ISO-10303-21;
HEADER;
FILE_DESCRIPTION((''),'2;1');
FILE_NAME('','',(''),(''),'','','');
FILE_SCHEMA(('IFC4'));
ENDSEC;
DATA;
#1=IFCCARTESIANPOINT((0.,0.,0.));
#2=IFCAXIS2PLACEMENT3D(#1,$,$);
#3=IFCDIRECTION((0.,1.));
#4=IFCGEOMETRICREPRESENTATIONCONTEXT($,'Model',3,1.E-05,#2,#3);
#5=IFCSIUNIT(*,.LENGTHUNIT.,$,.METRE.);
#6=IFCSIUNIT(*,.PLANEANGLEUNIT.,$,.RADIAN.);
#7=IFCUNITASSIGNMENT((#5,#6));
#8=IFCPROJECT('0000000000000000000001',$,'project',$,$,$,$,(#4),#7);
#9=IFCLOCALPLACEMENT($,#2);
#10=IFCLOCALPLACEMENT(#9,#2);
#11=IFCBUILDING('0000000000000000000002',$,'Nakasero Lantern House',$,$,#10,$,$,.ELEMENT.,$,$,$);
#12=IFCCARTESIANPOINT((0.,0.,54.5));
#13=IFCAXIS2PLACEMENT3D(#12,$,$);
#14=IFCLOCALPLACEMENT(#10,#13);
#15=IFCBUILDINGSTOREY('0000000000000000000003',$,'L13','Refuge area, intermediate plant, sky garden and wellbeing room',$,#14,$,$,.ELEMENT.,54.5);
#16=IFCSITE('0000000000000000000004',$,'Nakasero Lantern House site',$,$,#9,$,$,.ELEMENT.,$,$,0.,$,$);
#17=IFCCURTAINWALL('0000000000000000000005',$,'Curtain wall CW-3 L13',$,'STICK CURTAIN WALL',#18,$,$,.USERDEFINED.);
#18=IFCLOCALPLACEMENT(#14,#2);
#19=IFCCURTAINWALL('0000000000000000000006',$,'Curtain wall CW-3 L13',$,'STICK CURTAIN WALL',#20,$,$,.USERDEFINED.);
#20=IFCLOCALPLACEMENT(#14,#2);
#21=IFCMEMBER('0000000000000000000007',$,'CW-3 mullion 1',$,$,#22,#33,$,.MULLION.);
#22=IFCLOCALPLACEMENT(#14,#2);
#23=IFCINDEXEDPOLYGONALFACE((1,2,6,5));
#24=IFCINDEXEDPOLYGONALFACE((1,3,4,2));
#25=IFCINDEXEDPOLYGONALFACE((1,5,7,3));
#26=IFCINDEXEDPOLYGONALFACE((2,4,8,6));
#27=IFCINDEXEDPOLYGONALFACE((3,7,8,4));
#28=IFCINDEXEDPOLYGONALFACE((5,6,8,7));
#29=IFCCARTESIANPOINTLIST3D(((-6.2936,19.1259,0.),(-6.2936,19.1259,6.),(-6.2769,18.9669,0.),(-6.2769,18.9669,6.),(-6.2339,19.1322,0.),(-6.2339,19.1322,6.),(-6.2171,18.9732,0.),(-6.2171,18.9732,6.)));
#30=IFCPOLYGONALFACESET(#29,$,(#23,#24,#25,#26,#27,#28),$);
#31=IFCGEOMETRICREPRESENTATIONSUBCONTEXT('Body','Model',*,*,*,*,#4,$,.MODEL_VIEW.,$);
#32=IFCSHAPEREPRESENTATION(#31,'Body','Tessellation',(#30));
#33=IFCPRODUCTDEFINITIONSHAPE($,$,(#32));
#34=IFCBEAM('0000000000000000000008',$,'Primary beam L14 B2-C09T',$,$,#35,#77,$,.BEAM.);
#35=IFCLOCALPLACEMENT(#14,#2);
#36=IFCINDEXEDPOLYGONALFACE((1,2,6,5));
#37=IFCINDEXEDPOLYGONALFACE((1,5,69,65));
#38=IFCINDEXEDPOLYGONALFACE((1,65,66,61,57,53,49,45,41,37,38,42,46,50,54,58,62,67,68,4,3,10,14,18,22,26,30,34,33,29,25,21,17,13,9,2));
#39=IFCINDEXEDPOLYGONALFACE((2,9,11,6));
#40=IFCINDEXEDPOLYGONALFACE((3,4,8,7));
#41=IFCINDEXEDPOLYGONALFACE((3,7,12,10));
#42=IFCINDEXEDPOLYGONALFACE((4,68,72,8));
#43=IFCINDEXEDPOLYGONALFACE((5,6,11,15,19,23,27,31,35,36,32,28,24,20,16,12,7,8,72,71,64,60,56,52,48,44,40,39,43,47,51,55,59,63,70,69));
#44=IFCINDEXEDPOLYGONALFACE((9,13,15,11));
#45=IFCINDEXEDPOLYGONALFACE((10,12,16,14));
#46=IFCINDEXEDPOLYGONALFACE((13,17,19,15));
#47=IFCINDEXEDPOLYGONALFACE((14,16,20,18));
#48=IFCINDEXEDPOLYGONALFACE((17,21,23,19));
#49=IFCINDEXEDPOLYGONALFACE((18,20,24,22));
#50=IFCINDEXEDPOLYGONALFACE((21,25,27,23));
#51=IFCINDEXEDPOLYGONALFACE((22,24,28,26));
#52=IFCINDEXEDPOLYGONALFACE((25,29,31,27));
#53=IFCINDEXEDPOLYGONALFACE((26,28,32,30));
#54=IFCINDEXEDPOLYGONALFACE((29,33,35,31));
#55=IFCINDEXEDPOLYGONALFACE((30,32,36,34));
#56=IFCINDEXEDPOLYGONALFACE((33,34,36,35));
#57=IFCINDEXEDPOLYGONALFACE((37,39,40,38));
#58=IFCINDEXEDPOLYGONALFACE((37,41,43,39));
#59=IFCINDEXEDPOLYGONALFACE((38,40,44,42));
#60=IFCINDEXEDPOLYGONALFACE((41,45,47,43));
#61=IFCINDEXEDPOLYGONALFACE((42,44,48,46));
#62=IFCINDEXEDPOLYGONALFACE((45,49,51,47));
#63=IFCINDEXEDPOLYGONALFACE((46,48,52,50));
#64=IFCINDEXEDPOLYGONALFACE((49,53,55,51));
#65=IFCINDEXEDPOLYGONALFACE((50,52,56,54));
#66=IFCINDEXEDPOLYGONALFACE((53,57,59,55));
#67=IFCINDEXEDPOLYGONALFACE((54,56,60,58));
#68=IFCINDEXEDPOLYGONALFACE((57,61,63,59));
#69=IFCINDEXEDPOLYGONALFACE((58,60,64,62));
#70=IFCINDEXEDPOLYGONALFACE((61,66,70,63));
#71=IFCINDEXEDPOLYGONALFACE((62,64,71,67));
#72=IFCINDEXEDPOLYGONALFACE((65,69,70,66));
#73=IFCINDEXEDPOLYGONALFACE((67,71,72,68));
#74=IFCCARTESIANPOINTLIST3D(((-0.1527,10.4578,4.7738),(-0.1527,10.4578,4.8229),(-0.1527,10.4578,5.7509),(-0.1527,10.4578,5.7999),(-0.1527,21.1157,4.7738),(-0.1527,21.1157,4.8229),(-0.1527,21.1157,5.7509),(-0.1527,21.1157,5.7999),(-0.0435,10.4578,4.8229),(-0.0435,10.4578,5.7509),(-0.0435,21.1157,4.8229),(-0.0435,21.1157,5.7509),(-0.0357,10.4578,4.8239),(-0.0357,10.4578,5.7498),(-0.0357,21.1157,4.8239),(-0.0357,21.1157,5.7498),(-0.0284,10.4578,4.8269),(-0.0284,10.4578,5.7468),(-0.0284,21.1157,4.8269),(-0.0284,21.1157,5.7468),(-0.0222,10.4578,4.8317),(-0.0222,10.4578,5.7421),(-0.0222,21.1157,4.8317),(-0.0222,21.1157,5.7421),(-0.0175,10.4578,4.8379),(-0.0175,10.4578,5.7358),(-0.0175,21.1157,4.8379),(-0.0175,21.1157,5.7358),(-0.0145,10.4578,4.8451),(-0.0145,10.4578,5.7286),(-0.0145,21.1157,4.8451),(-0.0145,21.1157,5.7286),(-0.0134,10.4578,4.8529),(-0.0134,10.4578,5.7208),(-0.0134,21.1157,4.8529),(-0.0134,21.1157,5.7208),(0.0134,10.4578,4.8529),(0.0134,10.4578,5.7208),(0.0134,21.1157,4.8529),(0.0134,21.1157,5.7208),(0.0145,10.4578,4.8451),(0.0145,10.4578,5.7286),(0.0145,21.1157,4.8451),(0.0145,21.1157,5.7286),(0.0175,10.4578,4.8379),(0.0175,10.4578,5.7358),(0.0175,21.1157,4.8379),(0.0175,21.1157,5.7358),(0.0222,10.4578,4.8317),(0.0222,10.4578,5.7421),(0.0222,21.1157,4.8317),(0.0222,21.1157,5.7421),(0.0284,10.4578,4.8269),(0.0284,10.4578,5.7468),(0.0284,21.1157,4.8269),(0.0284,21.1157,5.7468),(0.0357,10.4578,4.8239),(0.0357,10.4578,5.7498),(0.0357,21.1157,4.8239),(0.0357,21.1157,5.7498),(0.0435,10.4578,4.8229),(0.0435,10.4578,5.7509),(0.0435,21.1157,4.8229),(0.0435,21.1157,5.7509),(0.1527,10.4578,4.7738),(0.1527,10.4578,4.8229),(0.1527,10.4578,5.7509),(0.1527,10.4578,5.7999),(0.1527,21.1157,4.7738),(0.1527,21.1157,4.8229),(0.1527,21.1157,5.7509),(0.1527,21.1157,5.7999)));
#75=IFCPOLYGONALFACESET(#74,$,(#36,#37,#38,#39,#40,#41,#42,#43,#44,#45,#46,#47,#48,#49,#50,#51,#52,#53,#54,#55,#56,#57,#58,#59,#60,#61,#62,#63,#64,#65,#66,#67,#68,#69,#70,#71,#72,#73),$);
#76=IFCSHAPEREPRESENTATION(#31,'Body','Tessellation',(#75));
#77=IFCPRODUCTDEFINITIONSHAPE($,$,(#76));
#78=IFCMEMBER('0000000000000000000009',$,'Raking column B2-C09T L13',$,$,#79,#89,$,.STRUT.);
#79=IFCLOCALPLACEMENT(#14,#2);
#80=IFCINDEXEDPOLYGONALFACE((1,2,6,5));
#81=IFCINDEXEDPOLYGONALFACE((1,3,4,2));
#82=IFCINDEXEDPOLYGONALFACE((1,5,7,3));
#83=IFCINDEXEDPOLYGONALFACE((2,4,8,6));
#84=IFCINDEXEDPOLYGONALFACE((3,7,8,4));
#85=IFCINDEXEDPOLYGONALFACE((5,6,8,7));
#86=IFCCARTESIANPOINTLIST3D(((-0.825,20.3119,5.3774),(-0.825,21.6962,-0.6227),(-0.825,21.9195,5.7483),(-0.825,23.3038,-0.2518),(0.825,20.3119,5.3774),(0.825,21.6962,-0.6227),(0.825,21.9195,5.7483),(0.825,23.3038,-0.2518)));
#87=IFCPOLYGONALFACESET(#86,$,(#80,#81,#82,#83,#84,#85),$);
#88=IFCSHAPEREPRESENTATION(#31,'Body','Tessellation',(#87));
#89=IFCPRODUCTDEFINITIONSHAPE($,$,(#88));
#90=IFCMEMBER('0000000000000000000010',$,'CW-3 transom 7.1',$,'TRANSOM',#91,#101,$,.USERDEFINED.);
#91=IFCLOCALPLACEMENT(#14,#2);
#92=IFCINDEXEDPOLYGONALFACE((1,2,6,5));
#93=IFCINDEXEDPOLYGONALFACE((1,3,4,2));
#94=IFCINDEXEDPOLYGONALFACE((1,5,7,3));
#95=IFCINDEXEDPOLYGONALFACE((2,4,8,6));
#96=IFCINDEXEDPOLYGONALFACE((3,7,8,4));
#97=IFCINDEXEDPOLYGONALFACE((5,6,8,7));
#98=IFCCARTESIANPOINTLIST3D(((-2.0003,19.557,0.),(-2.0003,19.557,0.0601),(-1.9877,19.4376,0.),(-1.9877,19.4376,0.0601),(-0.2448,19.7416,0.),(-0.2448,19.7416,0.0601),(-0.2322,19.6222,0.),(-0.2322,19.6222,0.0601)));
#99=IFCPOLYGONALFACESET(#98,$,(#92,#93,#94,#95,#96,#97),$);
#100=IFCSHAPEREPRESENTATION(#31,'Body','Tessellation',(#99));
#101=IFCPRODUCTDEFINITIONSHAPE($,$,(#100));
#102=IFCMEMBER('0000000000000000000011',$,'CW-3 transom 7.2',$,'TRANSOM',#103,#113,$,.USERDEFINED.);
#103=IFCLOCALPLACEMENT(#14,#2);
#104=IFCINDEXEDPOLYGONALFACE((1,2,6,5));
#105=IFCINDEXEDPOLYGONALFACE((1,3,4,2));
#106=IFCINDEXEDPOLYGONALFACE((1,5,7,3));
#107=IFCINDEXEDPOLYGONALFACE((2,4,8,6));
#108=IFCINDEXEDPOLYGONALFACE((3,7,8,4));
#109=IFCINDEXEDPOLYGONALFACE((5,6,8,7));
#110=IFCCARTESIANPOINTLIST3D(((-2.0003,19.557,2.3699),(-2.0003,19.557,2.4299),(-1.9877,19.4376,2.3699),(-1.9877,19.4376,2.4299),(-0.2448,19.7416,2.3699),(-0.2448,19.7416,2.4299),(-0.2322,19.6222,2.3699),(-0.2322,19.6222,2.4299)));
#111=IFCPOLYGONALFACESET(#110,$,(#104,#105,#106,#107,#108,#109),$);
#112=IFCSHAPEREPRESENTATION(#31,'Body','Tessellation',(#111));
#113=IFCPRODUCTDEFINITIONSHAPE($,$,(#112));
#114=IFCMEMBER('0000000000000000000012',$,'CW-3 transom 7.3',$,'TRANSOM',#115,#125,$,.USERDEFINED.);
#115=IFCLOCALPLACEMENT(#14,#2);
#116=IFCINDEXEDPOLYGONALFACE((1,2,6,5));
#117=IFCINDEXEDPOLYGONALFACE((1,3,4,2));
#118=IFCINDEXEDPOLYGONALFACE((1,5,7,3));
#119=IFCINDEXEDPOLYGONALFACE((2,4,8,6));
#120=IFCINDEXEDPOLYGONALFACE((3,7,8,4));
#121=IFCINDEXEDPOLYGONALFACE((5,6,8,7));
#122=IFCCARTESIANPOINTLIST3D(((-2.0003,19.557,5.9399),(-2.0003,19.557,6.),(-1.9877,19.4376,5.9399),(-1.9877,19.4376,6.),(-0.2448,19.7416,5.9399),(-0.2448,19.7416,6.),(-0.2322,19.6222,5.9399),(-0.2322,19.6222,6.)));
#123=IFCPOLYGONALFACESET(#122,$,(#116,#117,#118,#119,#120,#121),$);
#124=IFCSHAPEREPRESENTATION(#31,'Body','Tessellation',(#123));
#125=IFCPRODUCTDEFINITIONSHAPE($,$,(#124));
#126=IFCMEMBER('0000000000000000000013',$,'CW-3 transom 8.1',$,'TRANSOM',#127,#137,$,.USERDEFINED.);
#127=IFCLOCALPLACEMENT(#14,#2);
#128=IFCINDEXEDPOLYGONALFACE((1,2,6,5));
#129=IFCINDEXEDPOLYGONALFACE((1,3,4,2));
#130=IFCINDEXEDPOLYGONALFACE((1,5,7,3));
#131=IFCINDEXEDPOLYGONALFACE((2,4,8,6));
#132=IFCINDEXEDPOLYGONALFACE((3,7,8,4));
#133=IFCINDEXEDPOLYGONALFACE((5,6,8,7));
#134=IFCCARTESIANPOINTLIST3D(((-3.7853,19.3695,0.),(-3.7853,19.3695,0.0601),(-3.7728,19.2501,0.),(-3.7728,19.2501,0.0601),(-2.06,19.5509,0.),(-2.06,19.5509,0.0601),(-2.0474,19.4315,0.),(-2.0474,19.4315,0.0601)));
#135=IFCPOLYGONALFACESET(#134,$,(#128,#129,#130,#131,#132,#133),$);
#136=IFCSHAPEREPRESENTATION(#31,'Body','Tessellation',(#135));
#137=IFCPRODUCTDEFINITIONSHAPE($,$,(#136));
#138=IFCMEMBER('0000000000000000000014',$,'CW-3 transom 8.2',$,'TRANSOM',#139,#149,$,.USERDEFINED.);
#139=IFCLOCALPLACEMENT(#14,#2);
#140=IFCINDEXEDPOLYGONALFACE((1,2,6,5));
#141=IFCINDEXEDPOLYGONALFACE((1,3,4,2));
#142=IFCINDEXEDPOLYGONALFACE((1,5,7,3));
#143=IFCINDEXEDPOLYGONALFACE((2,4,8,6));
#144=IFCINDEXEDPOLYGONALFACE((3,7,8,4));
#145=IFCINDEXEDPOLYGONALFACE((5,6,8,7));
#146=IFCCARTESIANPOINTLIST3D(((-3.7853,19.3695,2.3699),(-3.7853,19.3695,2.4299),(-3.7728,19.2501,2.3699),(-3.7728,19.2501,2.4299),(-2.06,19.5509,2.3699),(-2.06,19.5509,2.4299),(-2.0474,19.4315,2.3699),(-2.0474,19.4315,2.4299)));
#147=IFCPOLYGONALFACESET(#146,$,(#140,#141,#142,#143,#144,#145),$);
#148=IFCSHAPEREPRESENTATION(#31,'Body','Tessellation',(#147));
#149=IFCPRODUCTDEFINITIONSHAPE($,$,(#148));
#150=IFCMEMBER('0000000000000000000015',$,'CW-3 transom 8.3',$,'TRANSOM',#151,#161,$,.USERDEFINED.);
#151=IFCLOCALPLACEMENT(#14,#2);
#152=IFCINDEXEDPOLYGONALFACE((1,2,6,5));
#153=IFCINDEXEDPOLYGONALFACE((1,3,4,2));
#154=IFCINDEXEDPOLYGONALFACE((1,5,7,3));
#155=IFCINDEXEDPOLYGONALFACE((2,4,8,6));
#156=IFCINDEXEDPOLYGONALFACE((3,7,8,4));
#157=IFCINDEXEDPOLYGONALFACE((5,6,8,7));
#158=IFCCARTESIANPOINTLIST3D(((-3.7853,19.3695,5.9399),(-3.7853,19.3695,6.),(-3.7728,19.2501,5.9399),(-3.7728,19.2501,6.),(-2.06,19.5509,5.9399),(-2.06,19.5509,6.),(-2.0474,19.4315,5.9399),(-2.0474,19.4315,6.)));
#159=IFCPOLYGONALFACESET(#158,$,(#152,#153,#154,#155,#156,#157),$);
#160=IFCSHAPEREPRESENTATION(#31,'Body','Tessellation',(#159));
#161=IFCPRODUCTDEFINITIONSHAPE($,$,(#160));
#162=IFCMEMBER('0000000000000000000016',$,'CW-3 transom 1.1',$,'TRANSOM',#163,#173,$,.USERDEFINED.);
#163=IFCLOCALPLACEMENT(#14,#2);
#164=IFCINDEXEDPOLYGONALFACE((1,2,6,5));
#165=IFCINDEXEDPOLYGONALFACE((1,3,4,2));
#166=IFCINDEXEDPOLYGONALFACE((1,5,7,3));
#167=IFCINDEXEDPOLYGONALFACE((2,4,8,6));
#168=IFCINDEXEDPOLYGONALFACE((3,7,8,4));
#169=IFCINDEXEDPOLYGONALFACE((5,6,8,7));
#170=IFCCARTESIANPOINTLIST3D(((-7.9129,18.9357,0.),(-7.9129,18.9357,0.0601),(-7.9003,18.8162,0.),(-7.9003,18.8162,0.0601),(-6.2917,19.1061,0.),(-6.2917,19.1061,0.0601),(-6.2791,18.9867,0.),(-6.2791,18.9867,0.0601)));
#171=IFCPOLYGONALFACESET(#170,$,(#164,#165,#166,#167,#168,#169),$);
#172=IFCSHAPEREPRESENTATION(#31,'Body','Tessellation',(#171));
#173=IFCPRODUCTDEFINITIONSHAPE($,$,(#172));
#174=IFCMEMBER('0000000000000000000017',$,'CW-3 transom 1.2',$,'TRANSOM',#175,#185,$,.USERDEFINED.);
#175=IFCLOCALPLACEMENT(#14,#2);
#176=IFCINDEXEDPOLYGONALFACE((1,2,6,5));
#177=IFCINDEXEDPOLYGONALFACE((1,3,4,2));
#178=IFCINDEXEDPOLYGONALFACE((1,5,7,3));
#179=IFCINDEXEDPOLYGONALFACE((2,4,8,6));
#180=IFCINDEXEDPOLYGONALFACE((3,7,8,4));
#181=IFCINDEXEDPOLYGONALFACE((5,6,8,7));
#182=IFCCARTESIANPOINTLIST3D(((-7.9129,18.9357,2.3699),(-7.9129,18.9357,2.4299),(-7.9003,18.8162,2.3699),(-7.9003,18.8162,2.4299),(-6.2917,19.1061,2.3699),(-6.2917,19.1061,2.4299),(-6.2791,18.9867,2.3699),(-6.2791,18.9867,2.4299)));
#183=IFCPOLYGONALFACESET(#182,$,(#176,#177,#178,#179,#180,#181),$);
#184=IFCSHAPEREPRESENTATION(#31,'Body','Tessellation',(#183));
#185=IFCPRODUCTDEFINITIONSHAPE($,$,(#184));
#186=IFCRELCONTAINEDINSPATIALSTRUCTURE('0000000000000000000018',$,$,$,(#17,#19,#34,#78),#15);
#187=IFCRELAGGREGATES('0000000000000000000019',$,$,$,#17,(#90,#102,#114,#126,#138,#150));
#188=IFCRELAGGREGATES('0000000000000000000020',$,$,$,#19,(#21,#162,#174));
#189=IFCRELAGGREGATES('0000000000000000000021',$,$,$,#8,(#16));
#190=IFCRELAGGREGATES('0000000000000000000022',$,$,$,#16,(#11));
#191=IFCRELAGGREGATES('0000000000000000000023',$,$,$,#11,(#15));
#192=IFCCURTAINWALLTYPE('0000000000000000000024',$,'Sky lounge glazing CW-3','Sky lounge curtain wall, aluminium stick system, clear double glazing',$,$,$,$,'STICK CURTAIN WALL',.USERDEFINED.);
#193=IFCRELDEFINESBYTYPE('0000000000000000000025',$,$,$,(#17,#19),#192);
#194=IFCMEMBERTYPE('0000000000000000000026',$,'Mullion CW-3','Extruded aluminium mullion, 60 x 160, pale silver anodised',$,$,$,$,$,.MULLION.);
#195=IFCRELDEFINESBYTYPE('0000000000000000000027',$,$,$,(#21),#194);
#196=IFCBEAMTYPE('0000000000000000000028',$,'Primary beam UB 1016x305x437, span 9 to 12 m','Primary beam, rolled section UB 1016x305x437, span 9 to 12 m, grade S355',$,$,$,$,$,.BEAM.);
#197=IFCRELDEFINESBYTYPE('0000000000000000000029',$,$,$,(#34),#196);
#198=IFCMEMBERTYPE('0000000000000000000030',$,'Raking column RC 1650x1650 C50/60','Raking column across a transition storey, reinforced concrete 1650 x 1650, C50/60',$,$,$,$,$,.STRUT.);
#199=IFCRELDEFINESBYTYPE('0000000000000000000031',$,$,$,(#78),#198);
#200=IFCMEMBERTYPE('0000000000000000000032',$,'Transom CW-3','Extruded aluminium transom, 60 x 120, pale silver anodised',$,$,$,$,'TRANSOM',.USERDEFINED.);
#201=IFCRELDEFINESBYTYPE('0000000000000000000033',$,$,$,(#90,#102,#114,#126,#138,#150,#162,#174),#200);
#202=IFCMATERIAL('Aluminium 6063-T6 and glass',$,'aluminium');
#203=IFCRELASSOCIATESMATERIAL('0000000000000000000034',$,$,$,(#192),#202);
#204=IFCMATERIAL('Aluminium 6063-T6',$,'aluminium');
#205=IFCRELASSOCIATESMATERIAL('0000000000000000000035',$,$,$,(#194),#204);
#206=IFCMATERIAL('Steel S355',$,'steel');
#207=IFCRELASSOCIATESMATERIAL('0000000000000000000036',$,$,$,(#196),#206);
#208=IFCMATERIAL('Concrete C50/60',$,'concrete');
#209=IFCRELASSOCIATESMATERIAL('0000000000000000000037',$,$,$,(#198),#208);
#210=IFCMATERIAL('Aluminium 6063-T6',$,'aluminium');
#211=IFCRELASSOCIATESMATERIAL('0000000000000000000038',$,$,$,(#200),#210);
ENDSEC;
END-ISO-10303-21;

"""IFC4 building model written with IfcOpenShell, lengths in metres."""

from ifc_helpers import new_model, si_unit, direction, frame, origin, origin_2d, place, context, subcontext, project, spatial, rectangle, i_section, extrude, material, material_profile, profile_set, type_object, element, aggregate, save


model = new_model("IFC4")

# Units and contexts
model_context = context("Model", 3, precision=1e-05, world=origin(), true_north=direction((0.0, 1.0)))
body_context = subcontext(model_context, "Body", "Model", "MODEL_VIEW")
ifc_project = project(units=[si_unit("LENGTHUNIT", "METRE"), si_unit("PLANEANGLEUNIT", "RADIAN")], contexts=[model_context])

# Site, building, storey
site_placement = place(None, origin())
site = spatial("IfcSite", under=ifc_project, at=site_placement, Name="Nakasero Lantern House site", CompositionType="ELEMENT", RefElevation=0.0)
building_placement = place(site_placement, origin())
building = spatial("IfcBuilding", under=site, at=building_placement, Name="Nakasero Lantern House", CompositionType="ELEMENT")
storey_placement = place(building_placement, frame((0.0, 0.0, 54.5)))
storey = spatial("IfcBuildingStorey", under=building, at=storey_placement, Name="L13", Description="Refuge area, intermediate plant, sky garden and wellbeing room", CompositionType="ELEMENT", Elevation=54.5)

# Curtain wall
ifc_material_1 = material(Name="Aluminium 6063-T6 and glass", Category="aluminium")
curtain_wall_type = type_object("IfcCurtainWallType", Name="Sky lounge glazing CW-3", Description="Sky lounge curtain wall, aluminium stick system, clear double glazing", ElementType="STICK CURTAIN WALL", PredefinedType="USERDEFINED", material=ifc_material_1)
curtain_wall_1_placement = place(storey_placement, origin())
curtain_wall_1 = element("IfcCurtainWall", 1, at=curtain_wall_1_placement, inside=storey, type_object=curtain_wall_type, Name="Curtain wall CW-3 L13", ObjectType="STICK CURTAIN WALL", PredefinedType="USERDEFINED")
ifc_material_2 = material(Name="Aluminium 6063-T6", Category="aluminium")
ifc_material_profile_1 = material_profile(ifc_material_2, rectangle(XDim=0.0601, YDim=0.1599, at=origin_2d()), Name="CW-3 mullion 60x160")
ifc_profile_set_1 = profile_set([ifc_material_profile_1], Name="Aluminium 6063-T6")
member_type_1 = type_object("IfcMemberType", Name="Mullion CW-3", Description="Extruded aluminium mullion, 60 x 160, pale silver anodised", PredefinedType="MULLION", material=ifc_profile_set_1)

# Curtain wall, member
curtain_wall_2_placement = place(storey_placement, origin())
curtain_wall_2 = element("IfcCurtainWall", 2, at=curtain_wall_2_placement, inside=storey, type_object=curtain_wall_type, Name="Curtain wall CW-3 L13", ObjectType="STICK CURTAIN WALL", PredefinedType="USERDEFINED")
member_1_placement = place(storey_placement, frame((-6.2554, 19.0496, 0.0), z_axis=(0.0, 0.0, 1.0), x_axis=(-0.994522, -0.104528, 0.0)))
member_1 = element("IfcMember", 3, at=member_1_placement, type_object=member_type_1, Name="CW-3 mullion 1", PredefinedType="MULLION", context=body_context, shape_type="SweptSolid", body=[
    extrude(rectangle(XDim=0.0601, YDim=0.1599, at=origin_2d()), origin(), (0.0, 0.0, 1.0), 6.0),
])

# Beam
ifc_material_3 = material(Name="Steel S355", Category="steel")
ifc_material_profile_2 = material_profile(ifc_material_3, i_section(OverallWidth=0.3054, OverallDepth=1.0261, WebThickness=0.0269, FlangeThickness=0.0491, FilletRadius=0.03, at=origin_2d()), Name="UB 1016x305x437")
ifc_profile_set_2 = profile_set([ifc_material_profile_2], Name="Steel S355")
beam_type_1 = type_object("IfcBeamType", Name="Primary beam UB 1016x305x437, span 9 to 12 m", Description="Primary beam, rolled section UB 1016x305x437, span 9 to 12 m, grade S355", PredefinedType="BEAM", material=ifc_profile_set_2)
beam_1_placement = place(storey_placement, frame((0.0, 21.1157, 5.2869), z_axis=(0.0, -1.0, 0.0), x_axis=(1.0, 0.0, 0.0)))
element("IfcBeam", 4, at=beam_1_placement, inside=storey, type_object=beam_type_1, Name="Primary beam L14 B2-C09T", PredefinedType="BEAM", context=body_context, shape_type="SweptSolid", body=[
    extrude(i_section(OverallWidth=0.3054, OverallDepth=1.0261, WebThickness=0.0269, FlangeThickness=0.0491, FilletRadius=0.03, at=origin_2d()), origin(), (0.0, 0.0, 1.0), 10.658),
])

# Members
ifc_material_4 = material(Name="Concrete C50/60", Category="concrete")
ifc_material_profile_3 = material_profile(ifc_material_4, rectangle(XDim=1.6499, YDim=1.6499, at=origin_2d()), Name="RC 1650x1650")
ifc_profile_set_3 = profile_set([ifc_material_profile_3], Name="Concrete C50/60")
member_type_2 = type_object("IfcMemberType", Name="Raking column RC 1650x1650 C50/60", Description="Raking column across a transition storey, reinforced concrete 1650 x 1650, C50/60", PredefinedType="STRUT", material=ifc_profile_set_3)
member_2_placement = place(storey_placement, frame((0.0, 22.5, -0.4373), z_axis=(0.0, -0.224807, 0.974403), x_axis=(1.0, 0.0, 0.0)))
element("IfcMember", 5, at=member_2_placement, inside=storey, type_object=member_type_2, Name="Raking column B2-C09T L13", PredefinedType="STRUT", context=body_context, shape_type="SweptSolid", body=[
    extrude(rectangle(XDim=1.6499, YDim=1.6499, at=origin_2d()), origin(), (0.0, 0.0, 1.0), 6.1577),
])
ifc_material_5 = material(Name="Aluminium 6063-T6", Category="aluminium")
ifc_material_profile_4 = material_profile(ifc_material_5, rectangle(XDim=0.0601, YDim=0.1201, at=origin_2d()), Name="CW-3 transom 60x120")
ifc_profile_set_4 = profile_set([ifc_material_profile_4], Name="Aluminium 6063-T6")
member_type_3 = type_object("IfcMemberType", Name="Transom CW-3", Description="Extruded aluminium transom, 60 x 120, pale silver anodised", ElementType="TRANSOM", PredefinedType="USERDEFINED", material=ifc_profile_set_4)
member_3_placement = place(storey_placement, frame((-0.2385, 19.6819, 0.03), z_axis=(-0.994518, -0.10457, 0.0), x_axis=(0.0, 0.0, 1.0)))
member_3 = element("IfcMember", 6, at=member_3_placement, type_object=member_type_3, Name="CW-3 transom 7.1", ObjectType="TRANSOM", PredefinedType="USERDEFINED", context=body_context, shape_type="SweptSolid", body=[
    extrude(rectangle(XDim=0.0601, YDim=0.1201, at=origin_2d()), origin(), (0.0, 0.0, 1.0), 1.7651),
])
member_4_placement = place(storey_placement, frame((-0.2385, 19.6819, 2.3999), z_axis=(-0.994518, -0.10457, 0.0), x_axis=(0.0, 0.0, 1.0)))
member_4 = element("IfcMember", 7, at=member_4_placement, type_object=member_type_3, Name="CW-3 transom 7.2", ObjectType="TRANSOM", PredefinedType="USERDEFINED", context=body_context, shape_type="SweptSolid", body=[
    extrude(rectangle(XDim=0.0601, YDim=0.1201, at=origin_2d()), origin(), (0.0, 0.0, 1.0), 1.7651),
])
member_5_placement = place(storey_placement, frame((-0.2385, 19.6819, 5.97), z_axis=(-0.994518, -0.10457, 0.0), x_axis=(0.0, 0.0, 1.0)))
member_5 = element("IfcMember", 8, at=member_5_placement, type_object=member_type_3, Name="CW-3 transom 7.3", ObjectType="TRANSOM", PredefinedType="USERDEFINED", context=body_context, shape_type="SweptSolid", body=[
    extrude(rectangle(XDim=0.0601, YDim=0.1201, at=origin_2d()), origin(), (0.0, 0.0, 1.0), 1.7651),
])
member_6_placement = place(storey_placement, frame((-2.0537, 19.4912, 0.03), z_axis=(-0.994519, -0.10456, 0.0), x_axis=(0.0, 0.0, 1.0)))
member_6 = element("IfcMember", 9, at=member_6_placement, type_object=member_type_3, Name="CW-3 transom 8.1", ObjectType="TRANSOM", PredefinedType="USERDEFINED", context=body_context, shape_type="SweptSolid", body=[
    extrude(rectangle(XDim=0.0601, YDim=0.1201, at=origin_2d()), origin(), (0.0, 0.0, 1.0), 1.7349),
])
member_7_placement = place(storey_placement, frame((-2.0537, 19.4912, 2.3999), z_axis=(-0.994519, -0.10456, 0.0), x_axis=(0.0, 0.0, 1.0)))
member_7 = element("IfcMember", 10, at=member_7_placement, type_object=member_type_3, Name="CW-3 transom 8.2", ObjectType="TRANSOM", PredefinedType="USERDEFINED", context=body_context, shape_type="SweptSolid", body=[
    extrude(rectangle(XDim=0.0601, YDim=0.1201, at=origin_2d()), origin(), (0.0, 0.0, 1.0), 1.7349),
])
member_8_placement = place(storey_placement, frame((-2.0537, 19.4912, 5.97), z_axis=(-0.994519, -0.10456, 0.0), x_axis=(0.0, 0.0, 1.0)))
member_8 = element("IfcMember", 11, at=member_8_placement, type_object=member_type_3, Name="CW-3 transom 8.3", ObjectType="TRANSOM", PredefinedType="USERDEFINED", context=body_context, shape_type="SweptSolid", body=[
    extrude(rectangle(XDim=0.0601, YDim=0.1201, at=origin_2d()), origin(), (0.0, 0.0, 1.0), 1.7349),
])
member_9_placement = place(storey_placement, frame((-6.2854, 19.0464, 0.03), z_axis=(-0.99452, -0.104544, 0.0), x_axis=(0.0, 0.0, 1.0)))
member_9 = element("IfcMember", 12, at=member_9_placement, type_object=member_type_3, Name="CW-3 transom 1.1", ObjectType="TRANSOM", PredefinedType="USERDEFINED", context=body_context, shape_type="SweptSolid", body=[
    extrude(rectangle(XDim=0.0601, YDim=0.1201, at=origin_2d()), origin(), (0.0, 0.0, 1.0), 1.6301),
])
member_10_placement = place(storey_placement, frame((-6.2854, 19.0464, 2.3999), z_axis=(-0.99452, -0.104544, 0.0), x_axis=(0.0, 0.0, 1.0)))
member_10 = element("IfcMember", 13, at=member_10_placement, type_object=member_type_3, Name="CW-3 transom 1.2", ObjectType="TRANSOM", PredefinedType="USERDEFINED", context=body_context, shape_type="SweptSolid", body=[
    extrude(rectangle(XDim=0.0601, YDim=0.1201, at=origin_2d()), origin(), (0.0, 0.0, 1.0), 1.6301),
])

aggregate(curtain_wall_1, [member_3, member_4, member_5, member_6, member_7, member_8])
aggregate(curtain_wall_2, [member_1, member_9, member_10])

save(model, "model.ifc")
